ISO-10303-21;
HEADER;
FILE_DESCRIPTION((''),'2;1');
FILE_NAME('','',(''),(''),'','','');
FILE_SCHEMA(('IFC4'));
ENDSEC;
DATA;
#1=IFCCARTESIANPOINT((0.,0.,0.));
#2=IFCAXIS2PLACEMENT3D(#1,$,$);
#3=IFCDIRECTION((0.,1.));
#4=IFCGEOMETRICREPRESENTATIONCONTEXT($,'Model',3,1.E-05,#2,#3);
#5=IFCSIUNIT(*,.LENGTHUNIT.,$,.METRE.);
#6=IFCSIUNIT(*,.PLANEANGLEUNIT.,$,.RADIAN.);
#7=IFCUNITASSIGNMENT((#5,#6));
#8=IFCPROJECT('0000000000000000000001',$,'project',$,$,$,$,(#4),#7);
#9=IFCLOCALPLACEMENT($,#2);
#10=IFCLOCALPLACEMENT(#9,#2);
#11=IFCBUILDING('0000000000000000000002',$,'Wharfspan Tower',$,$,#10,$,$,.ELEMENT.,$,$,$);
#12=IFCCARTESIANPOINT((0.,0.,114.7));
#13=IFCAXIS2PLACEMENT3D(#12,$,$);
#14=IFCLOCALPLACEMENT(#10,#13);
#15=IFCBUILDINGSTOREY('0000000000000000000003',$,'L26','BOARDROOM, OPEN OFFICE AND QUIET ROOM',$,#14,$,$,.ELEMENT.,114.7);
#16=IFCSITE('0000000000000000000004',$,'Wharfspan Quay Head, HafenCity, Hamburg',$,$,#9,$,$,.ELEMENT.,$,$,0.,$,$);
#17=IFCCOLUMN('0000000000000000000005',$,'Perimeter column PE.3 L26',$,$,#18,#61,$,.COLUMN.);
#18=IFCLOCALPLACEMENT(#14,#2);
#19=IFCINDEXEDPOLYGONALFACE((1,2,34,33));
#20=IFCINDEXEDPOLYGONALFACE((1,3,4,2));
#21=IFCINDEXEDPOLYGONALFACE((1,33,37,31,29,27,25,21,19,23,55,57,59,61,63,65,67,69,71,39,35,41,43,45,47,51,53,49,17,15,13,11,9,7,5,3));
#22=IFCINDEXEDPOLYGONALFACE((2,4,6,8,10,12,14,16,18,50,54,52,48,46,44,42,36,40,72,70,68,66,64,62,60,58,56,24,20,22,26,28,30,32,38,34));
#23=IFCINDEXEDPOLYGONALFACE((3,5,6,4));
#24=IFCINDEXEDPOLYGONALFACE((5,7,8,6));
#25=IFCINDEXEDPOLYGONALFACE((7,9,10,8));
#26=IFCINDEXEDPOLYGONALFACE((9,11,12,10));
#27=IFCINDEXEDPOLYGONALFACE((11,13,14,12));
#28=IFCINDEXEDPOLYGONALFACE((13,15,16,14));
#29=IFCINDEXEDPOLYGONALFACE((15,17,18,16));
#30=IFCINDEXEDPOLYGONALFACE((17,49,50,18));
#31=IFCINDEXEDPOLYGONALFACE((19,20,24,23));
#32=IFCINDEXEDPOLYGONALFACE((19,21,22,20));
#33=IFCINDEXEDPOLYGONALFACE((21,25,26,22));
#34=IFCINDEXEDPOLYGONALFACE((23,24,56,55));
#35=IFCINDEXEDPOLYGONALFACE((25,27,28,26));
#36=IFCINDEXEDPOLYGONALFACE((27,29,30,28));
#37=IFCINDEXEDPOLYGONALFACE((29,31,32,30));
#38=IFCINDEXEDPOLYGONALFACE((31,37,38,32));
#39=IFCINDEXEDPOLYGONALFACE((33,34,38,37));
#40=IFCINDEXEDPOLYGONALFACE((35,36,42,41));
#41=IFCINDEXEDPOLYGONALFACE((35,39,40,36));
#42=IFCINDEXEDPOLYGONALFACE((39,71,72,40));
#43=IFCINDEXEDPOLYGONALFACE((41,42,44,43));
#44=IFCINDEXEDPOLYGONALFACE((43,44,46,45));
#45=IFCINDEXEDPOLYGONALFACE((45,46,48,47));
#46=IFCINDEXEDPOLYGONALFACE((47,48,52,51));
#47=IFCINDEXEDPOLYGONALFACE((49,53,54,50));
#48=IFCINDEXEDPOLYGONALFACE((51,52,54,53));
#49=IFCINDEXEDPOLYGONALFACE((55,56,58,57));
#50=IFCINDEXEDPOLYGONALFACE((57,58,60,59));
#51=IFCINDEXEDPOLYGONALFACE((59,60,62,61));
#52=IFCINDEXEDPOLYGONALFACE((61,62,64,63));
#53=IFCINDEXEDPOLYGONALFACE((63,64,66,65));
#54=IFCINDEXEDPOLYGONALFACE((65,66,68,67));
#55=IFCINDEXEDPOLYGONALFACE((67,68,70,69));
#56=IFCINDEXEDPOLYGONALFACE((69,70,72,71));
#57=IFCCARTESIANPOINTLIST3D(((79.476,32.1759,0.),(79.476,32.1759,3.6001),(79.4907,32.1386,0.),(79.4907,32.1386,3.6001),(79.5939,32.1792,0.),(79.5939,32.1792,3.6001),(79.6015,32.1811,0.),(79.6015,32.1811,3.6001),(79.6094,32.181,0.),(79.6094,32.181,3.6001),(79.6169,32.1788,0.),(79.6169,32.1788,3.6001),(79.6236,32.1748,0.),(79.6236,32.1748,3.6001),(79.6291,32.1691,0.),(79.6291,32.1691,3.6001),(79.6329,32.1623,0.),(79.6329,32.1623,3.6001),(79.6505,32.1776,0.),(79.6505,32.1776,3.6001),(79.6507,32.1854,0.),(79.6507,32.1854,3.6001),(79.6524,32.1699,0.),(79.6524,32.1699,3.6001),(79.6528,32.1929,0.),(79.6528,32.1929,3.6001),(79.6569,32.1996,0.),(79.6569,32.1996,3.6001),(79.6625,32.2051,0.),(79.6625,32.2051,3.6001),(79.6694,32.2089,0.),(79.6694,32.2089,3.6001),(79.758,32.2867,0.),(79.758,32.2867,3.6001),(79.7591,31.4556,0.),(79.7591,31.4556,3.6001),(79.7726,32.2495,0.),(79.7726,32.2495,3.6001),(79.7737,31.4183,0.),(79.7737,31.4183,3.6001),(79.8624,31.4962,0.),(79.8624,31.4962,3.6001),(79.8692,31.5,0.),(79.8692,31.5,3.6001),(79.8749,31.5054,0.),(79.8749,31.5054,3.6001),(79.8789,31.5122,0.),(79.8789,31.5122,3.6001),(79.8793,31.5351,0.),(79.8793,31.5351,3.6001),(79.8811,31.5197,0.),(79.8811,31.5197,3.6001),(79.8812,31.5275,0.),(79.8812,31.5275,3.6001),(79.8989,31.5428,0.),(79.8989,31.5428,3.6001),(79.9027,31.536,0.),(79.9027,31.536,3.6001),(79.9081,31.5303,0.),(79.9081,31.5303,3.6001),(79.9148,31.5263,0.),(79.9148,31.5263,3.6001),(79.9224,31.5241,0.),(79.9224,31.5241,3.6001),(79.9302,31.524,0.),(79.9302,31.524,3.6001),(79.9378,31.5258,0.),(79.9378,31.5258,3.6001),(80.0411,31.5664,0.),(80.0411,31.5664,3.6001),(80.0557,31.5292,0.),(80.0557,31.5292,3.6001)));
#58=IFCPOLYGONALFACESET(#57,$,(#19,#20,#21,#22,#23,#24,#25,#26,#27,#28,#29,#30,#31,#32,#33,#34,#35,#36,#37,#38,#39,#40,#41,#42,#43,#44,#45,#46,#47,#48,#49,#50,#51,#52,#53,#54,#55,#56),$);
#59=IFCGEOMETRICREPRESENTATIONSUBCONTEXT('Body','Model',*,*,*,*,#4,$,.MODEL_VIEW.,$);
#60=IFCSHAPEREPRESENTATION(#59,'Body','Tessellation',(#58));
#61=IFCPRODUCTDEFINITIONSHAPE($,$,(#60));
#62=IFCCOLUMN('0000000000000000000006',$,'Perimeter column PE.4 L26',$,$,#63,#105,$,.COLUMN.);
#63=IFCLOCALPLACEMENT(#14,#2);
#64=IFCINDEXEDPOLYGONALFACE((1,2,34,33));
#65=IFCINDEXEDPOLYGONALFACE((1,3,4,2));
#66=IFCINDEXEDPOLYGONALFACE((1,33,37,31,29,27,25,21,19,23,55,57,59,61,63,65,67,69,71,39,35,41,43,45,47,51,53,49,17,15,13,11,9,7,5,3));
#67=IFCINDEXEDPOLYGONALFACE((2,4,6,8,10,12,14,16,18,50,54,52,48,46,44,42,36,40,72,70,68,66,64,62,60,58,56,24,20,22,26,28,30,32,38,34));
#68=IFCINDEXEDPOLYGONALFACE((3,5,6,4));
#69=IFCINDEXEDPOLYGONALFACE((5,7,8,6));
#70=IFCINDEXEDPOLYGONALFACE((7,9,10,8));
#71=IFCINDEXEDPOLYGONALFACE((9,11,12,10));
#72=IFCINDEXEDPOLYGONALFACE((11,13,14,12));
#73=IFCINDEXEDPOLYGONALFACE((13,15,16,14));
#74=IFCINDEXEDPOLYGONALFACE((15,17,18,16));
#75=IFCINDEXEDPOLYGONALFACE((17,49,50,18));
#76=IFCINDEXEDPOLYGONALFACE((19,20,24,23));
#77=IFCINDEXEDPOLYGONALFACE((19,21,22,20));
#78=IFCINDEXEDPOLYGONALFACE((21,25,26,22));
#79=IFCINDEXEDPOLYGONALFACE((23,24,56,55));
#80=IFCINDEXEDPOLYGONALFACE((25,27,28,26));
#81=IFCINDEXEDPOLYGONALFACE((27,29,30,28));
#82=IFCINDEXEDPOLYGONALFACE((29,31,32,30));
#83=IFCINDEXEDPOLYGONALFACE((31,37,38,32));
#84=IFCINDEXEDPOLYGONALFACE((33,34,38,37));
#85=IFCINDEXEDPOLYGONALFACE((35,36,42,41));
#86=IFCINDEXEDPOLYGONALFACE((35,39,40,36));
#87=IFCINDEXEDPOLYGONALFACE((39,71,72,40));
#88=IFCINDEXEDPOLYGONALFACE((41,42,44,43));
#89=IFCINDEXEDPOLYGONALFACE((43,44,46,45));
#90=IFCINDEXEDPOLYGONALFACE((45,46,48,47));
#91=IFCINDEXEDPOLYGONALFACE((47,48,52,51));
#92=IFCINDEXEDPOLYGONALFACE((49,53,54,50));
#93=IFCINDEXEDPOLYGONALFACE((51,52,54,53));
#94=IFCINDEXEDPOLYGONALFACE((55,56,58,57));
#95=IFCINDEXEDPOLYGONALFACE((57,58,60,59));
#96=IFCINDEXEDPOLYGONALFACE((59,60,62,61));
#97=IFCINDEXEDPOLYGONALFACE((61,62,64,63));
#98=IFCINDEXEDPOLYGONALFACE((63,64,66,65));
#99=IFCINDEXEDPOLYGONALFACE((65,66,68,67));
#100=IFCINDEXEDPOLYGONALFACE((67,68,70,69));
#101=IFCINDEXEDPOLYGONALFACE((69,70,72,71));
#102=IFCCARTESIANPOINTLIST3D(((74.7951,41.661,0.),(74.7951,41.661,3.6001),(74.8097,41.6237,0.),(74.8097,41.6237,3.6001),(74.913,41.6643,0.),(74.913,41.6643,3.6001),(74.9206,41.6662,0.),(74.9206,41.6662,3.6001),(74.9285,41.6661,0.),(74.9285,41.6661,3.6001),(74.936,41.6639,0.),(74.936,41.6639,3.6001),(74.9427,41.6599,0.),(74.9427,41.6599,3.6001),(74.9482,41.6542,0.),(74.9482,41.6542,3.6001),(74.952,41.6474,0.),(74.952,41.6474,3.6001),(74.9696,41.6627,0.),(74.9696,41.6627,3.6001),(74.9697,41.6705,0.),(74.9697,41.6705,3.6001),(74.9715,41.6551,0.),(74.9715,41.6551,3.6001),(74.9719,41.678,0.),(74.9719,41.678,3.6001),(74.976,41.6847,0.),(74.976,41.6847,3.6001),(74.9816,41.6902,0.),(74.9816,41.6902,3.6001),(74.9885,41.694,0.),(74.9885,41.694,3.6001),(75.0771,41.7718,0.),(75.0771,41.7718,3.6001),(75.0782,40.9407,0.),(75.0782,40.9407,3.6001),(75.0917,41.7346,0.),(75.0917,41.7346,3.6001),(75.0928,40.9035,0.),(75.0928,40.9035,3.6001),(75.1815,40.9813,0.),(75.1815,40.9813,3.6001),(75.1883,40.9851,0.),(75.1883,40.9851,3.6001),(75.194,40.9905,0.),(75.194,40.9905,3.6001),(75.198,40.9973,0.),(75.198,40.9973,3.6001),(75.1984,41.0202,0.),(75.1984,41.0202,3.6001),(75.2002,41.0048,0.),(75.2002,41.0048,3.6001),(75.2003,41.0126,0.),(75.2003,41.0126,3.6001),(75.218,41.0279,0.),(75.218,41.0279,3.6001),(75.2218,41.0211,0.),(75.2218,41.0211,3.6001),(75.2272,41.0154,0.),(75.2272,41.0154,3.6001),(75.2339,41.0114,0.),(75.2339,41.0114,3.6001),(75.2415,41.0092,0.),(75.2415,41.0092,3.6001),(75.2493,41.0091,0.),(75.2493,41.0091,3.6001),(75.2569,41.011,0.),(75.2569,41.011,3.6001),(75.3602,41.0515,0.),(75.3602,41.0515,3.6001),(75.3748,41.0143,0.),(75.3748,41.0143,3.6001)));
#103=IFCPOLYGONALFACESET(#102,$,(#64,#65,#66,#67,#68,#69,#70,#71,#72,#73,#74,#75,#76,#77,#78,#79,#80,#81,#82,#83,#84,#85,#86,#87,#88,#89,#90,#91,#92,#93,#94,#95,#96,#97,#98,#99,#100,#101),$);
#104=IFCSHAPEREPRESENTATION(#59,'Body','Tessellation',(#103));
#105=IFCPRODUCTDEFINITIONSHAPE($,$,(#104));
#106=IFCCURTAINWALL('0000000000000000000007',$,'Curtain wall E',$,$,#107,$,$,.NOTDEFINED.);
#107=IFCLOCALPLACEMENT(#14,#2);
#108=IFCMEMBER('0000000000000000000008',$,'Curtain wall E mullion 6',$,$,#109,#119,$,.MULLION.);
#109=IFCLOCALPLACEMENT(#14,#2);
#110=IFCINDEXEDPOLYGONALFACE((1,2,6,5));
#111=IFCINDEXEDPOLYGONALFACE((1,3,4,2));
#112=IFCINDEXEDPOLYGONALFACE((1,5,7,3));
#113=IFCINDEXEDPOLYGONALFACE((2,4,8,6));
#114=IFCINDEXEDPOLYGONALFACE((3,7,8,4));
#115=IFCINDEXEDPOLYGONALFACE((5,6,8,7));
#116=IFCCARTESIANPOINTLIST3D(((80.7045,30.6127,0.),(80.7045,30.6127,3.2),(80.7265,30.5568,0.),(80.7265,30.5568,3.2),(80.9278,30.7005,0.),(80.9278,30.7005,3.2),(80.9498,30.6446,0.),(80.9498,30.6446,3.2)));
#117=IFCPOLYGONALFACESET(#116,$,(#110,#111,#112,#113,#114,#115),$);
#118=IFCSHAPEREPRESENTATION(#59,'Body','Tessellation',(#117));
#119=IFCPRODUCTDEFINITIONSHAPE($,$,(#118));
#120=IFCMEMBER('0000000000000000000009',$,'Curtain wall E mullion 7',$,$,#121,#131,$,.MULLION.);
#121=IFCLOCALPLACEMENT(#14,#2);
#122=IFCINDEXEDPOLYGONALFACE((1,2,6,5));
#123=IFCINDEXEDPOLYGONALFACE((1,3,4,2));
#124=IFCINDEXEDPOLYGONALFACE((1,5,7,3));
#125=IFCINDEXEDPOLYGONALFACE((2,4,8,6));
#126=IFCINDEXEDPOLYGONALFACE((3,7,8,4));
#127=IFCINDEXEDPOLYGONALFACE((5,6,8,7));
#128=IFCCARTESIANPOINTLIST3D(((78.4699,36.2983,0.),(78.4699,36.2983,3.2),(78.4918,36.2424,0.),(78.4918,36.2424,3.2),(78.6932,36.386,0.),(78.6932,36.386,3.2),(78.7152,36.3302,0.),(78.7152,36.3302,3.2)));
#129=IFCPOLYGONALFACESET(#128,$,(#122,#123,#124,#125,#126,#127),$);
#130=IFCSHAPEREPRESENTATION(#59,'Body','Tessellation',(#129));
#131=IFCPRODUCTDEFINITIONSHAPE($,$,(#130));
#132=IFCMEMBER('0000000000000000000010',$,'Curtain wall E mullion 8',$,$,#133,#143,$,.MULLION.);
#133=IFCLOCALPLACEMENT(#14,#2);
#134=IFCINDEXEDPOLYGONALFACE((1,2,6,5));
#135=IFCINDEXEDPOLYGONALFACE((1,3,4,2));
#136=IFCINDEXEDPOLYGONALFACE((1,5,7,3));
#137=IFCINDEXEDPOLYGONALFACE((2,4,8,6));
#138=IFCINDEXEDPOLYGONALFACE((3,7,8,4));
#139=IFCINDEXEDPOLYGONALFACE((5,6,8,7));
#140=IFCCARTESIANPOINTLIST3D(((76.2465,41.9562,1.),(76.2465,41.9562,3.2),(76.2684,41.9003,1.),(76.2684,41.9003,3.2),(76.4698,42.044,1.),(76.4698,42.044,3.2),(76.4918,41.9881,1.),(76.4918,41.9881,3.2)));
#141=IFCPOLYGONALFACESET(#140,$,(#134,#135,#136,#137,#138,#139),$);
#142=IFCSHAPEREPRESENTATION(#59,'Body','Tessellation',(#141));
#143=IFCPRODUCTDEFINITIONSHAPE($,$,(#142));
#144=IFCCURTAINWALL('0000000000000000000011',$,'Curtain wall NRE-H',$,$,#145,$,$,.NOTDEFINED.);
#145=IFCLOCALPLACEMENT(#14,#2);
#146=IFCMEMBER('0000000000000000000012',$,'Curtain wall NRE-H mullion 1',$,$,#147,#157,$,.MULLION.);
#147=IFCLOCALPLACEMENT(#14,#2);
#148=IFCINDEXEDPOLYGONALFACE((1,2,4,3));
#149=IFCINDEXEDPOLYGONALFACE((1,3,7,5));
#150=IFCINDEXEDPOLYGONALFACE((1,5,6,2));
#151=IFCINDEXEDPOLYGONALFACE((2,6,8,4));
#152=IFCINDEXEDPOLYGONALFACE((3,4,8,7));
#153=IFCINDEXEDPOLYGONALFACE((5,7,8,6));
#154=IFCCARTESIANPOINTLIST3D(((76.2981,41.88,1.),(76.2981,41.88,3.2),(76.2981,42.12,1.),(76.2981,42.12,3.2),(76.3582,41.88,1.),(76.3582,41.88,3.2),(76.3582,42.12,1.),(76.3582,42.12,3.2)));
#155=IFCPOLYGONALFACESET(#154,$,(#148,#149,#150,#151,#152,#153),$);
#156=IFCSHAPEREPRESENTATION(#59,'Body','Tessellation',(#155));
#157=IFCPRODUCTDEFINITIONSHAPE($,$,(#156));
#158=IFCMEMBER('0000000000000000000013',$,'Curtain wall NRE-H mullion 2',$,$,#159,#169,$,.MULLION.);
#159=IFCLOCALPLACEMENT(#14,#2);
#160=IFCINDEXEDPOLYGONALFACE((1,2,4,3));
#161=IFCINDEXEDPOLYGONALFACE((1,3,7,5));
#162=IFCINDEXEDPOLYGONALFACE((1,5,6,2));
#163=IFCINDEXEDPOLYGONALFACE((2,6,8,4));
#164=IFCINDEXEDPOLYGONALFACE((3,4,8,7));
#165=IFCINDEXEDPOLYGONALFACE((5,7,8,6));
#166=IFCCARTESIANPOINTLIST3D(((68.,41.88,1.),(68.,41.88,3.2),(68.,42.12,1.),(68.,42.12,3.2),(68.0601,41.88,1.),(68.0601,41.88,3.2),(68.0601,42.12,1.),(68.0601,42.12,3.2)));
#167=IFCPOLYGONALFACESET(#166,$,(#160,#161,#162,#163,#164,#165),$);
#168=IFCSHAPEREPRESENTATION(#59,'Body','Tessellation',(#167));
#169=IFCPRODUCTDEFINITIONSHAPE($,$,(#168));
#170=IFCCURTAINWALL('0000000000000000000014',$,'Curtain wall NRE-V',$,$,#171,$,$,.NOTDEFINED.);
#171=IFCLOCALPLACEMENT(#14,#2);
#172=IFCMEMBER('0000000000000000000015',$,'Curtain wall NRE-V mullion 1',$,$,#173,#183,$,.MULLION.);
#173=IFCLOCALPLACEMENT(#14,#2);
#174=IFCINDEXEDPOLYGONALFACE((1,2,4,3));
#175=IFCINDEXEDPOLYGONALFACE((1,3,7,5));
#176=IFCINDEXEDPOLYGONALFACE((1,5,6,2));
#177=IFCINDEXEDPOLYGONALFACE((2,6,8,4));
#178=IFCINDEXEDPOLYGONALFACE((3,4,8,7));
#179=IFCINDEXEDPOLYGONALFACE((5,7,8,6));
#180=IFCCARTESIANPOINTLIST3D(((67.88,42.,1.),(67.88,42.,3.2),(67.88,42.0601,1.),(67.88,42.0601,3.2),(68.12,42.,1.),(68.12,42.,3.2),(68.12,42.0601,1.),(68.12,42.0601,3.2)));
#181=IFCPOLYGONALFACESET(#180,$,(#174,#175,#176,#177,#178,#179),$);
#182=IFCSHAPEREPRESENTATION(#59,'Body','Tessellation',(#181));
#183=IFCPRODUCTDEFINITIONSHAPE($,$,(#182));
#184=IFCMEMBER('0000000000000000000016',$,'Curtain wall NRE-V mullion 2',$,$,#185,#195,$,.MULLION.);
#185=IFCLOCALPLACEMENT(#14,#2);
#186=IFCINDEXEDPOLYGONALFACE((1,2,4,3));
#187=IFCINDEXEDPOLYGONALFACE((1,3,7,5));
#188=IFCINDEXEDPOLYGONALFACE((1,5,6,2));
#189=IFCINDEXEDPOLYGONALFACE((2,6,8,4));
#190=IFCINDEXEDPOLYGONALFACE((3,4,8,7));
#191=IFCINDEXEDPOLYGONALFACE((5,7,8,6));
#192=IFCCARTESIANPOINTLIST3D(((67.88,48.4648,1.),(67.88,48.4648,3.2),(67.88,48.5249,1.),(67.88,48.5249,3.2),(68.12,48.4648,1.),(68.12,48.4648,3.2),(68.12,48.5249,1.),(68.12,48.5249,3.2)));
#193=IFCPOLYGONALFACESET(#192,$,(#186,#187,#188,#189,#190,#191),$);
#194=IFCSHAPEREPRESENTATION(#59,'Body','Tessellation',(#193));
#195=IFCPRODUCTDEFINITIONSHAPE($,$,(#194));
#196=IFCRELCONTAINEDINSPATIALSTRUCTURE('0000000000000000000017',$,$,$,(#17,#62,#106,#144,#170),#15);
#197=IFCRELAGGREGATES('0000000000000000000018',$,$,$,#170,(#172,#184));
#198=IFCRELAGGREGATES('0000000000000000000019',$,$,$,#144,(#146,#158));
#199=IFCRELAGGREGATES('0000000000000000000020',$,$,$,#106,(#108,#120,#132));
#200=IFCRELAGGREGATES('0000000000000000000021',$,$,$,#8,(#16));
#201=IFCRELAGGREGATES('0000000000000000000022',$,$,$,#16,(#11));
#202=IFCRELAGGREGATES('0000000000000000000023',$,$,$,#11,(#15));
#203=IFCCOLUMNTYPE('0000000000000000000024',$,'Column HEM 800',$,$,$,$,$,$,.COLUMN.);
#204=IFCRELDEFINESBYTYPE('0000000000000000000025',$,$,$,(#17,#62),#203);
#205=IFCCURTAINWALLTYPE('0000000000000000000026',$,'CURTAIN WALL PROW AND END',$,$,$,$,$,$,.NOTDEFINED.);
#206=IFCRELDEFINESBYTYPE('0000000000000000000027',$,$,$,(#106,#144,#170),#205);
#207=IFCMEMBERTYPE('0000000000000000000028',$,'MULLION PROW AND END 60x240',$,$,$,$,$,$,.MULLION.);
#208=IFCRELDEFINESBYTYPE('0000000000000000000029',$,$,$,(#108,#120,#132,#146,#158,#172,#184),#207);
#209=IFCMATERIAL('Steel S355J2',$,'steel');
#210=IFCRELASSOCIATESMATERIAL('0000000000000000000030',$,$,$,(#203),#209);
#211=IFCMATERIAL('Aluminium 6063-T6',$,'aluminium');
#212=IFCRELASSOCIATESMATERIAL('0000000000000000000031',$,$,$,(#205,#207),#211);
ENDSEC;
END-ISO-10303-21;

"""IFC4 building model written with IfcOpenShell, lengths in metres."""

from ifc_helpers import new_model, si_unit, direction, frame, origin, origin_2d, place, context, subcontext, project, spatial, rectangle, i_section, extrude, material, material_profile, profile_set, type_object, element, aggregate, save


model = new_model("IFC4")

# Units and contexts
model_context = context("Model", 3, precision=1e-05, world=origin(), true_north=direction((0.0, 1.0)))
body_context = subcontext(model_context, "Body", "Model", "MODEL_VIEW")
ifc_project = project(units=[si_unit("LENGTHUNIT", "METRE"), si_unit("PLANEANGLEUNIT", "RADIAN")], contexts=[model_context])

# Site, building, storey
site_placement = place(None, origin())
site = spatial("IfcSite", under=ifc_project, at=site_placement, Name="Wharfspan Quay Head, HafenCity, Hamburg", CompositionType="ELEMENT", RefElevation=0.0)
building_placement = place(site_placement, origin())
building = spatial("IfcBuilding", under=site, at=building_placement, Name="Wharfspan Tower", CompositionType="ELEMENT")
storey_placement = place(building_placement, frame((0.0, 0.0, 114.7)))
storey = spatial("IfcBuildingStorey", under=building, at=storey_placement, Name="L26", Description="BOARDROOM, OPEN OFFICE AND QUIET ROOM", CompositionType="ELEMENT", Elevation=114.7)

# Columns
ifc_material_1 = material(Name="Steel S355J2", Category="steel")
ifc_material_profile_1 = material_profile(ifc_material_1, i_section(OverallWidth=0.303, OverallDepth=0.814, WebThickness=0.021, FlangeThickness=0.04, FilletRadius=0.03, at=origin_2d()))
ifc_profile_set_1 = profile_set([ifc_material_profile_1], Name="Steel S355J2")
column_type = type_object("IfcColumnType", Name="Column HEM 800", PredefinedType="COLUMN", material=ifc_profile_set_1)
for number, where, z_axis, x_axis, name in (
    (1, (79.7659, 31.8525, 0.0), (0.0, 0.0, 1.0), (0.930702, 0.365778, 0.0), "Perimeter column PE.3 L26"),
    (2, (75.085, 41.3376, 0.0), (0.0, 0.0, 1.0), (0.930702, 0.365778, 0.0), "Perimeter column PE.4 L26"),
):
    element("IfcColumn", number, at=place(storey_placement, frame(where, z_axis=z_axis, x_axis=x_axis)), inside=storey, type_object=column_type, Name=name, PredefinedType="COLUMN", context=body_context, shape_type="SweptSolid", body=[
        extrude(i_section(OverallWidth=0.303, OverallDepth=0.814, WebThickness=0.021, FlangeThickness=0.04, FilletRadius=0.03, at=origin_2d()), origin(), (0.0, 0.0, 1.0), 3.6001),
    ])

# Curtain walls, members
ifc_material_2 = material(Name="Aluminium 6063-T6", Category="aluminium")
curtain_wall_type = type_object("IfcCurtainWallType", Name="CURTAIN WALL PROW AND END", PredefinedType="NOTDEFINED", material=ifc_material_2)
curtain_wall_1_placement = place(storey_placement, origin())
curtain_wall_1 = element("IfcCurtainWall", 3, at=curtain_wall_1_placement, inside=storey, type_object=curtain_wall_type, Name="Curtain wall E", PredefinedType="NOTDEFINED")
ifc_material_profile_2 = material_profile(ifc_material_2, rectangle(XDim=0.24, YDim=0.0601, at=origin_2d()))
ifc_profile_set_2 = profile_set([ifc_material_profile_2], Name="Aluminium 6063-T6")
member_type_1 = type_object("IfcMemberType", Name="MULLION PROW AND END 60x240", PredefinedType="MULLION", material=ifc_profile_set_2)
member_1_placement = place(storey_placement, frame((80.8271, 30.6287, 0.0), z_axis=(0.0, 0.0, 1.0), x_axis=(-0.930702, -0.365778, 0.0)))
member_1 = element("IfcMember", 4, at=member_1_placement, type_object=member_type_1, Name="Curtain wall E mullion 6", PredefinedType="MULLION", context=body_context, shape_type="SweptSolid", body=[
    extrude(rectangle(XDim=0.24, YDim=0.0601, at=origin_2d()), origin(), (0.0, 0.0, 1.0), 3.2),
])
member_2_placement = place(storey_placement, frame((78.5925, 36.3142, 0.0), z_axis=(0.0, 0.0, 1.0), x_axis=(-0.930702, -0.365778, 0.0)))
member_2 = element("IfcMember", 5, at=member_2_placement, type_object=member_type_1, Name="Curtain wall E mullion 7", PredefinedType="MULLION", context=body_context, shape_type="SweptSolid", body=[
    extrude(rectangle(XDim=0.24, YDim=0.0601, at=origin_2d()), origin(), (0.0, 0.0, 1.0), 3.2),
])
member_3_placement = place(storey_placement, frame((76.3691, 41.9722, 1.0), z_axis=(0.0, 0.0, 1.0), x_axis=(-0.930702, -0.365778, 0.0)))
member_3 = element("IfcMember", 6, at=member_3_placement, type_object=member_type_1, Name="Curtain wall E mullion 8", PredefinedType="MULLION", context=body_context, shape_type="SweptSolid", body=[
    extrude(rectangle(XDim=0.24, YDim=0.0601, at=origin_2d()), origin(), (0.0, 0.0, 1.0), 2.2),
])
curtain_wall_2_placement = place(storey_placement, origin())
curtain_wall_2 = element("IfcCurtainWall", 7, at=curtain_wall_2_placement, inside=storey, type_object=curtain_wall_type, Name="Curtain wall NRE-H", PredefinedType="NOTDEFINED")
member_4_placement = place(storey_placement, frame((76.3281, 42.0, 1.0), z_axis=(0.0, 0.0, 1.0), x_axis=(0.0, -1.0, 0.0)))
member_4 = element("IfcMember", 8, at=member_4_placement, type_object=member_type_1, Name="Curtain wall NRE-H mullion 1", PredefinedType="MULLION", context=body_context, shape_type="SweptSolid", body=[
    extrude(rectangle(XDim=0.24, YDim=0.0601, at=origin_2d()), origin(), (0.0, 0.0, 1.0), 2.2),
])
member_5_placement = place(storey_placement, frame((68.03, 42.0, 1.0), z_axis=(0.0, 0.0, 1.0), x_axis=(0.0, -1.0, 0.0)))
member_5 = element("IfcMember", 9, at=member_5_placement, type_object=member_type_1, Name="Curtain wall NRE-H mullion 2", PredefinedType="MULLION", context=body_context, shape_type="SweptSolid", body=[
    extrude(rectangle(XDim=0.24, YDim=0.0601, at=origin_2d()), origin(), (0.0, 0.0, 1.0), 2.2),
])
curtain_wall_3_placement = place(storey_placement, origin())
curtain_wall_3 = element("IfcCurtainWall", 10, at=curtain_wall_3_placement, inside=storey, type_object=curtain_wall_type, Name="Curtain wall NRE-V", PredefinedType="NOTDEFINED")
member_6_placement = place(storey_placement, frame((68.0, 42.03, 1.0), z_axis=(0.0, 0.0, 1.0), x_axis=(-1.0, 0.0, 0.0)))
member_6 = element("IfcMember", 11, at=member_6_placement, type_object=member_type_1, Name="Curtain wall NRE-V mullion 1", PredefinedType="MULLION", context=body_context, shape_type="SweptSolid", body=[
    extrude(rectangle(XDim=0.24, YDim=0.0601, at=origin_2d()), origin(), (0.0, 0.0, 1.0), 2.2),
])
member_7_placement = place(storey_placement, frame((68.0, 48.4949, 1.0), z_axis=(0.0, 0.0, 1.0), x_axis=(-1.0, 0.0, 0.0)))
member_7 = element("IfcMember", 12, at=member_7_placement, type_object=member_type_1, Name="Curtain wall NRE-V mullion 2", PredefinedType="MULLION", context=body_context, shape_type="SweptSolid", body=[
    extrude(rectangle(XDim=0.24, YDim=0.0601, at=origin_2d()), origin(), (0.0, 0.0, 1.0), 2.2),
])

aggregate(curtain_wall_3, [member_6, member_7])

aggregate(curtain_wall_2, [member_4, member_5])
aggregate(curtain_wall_1, [member_1, member_2, member_3])

save(model, "model.ifc")
